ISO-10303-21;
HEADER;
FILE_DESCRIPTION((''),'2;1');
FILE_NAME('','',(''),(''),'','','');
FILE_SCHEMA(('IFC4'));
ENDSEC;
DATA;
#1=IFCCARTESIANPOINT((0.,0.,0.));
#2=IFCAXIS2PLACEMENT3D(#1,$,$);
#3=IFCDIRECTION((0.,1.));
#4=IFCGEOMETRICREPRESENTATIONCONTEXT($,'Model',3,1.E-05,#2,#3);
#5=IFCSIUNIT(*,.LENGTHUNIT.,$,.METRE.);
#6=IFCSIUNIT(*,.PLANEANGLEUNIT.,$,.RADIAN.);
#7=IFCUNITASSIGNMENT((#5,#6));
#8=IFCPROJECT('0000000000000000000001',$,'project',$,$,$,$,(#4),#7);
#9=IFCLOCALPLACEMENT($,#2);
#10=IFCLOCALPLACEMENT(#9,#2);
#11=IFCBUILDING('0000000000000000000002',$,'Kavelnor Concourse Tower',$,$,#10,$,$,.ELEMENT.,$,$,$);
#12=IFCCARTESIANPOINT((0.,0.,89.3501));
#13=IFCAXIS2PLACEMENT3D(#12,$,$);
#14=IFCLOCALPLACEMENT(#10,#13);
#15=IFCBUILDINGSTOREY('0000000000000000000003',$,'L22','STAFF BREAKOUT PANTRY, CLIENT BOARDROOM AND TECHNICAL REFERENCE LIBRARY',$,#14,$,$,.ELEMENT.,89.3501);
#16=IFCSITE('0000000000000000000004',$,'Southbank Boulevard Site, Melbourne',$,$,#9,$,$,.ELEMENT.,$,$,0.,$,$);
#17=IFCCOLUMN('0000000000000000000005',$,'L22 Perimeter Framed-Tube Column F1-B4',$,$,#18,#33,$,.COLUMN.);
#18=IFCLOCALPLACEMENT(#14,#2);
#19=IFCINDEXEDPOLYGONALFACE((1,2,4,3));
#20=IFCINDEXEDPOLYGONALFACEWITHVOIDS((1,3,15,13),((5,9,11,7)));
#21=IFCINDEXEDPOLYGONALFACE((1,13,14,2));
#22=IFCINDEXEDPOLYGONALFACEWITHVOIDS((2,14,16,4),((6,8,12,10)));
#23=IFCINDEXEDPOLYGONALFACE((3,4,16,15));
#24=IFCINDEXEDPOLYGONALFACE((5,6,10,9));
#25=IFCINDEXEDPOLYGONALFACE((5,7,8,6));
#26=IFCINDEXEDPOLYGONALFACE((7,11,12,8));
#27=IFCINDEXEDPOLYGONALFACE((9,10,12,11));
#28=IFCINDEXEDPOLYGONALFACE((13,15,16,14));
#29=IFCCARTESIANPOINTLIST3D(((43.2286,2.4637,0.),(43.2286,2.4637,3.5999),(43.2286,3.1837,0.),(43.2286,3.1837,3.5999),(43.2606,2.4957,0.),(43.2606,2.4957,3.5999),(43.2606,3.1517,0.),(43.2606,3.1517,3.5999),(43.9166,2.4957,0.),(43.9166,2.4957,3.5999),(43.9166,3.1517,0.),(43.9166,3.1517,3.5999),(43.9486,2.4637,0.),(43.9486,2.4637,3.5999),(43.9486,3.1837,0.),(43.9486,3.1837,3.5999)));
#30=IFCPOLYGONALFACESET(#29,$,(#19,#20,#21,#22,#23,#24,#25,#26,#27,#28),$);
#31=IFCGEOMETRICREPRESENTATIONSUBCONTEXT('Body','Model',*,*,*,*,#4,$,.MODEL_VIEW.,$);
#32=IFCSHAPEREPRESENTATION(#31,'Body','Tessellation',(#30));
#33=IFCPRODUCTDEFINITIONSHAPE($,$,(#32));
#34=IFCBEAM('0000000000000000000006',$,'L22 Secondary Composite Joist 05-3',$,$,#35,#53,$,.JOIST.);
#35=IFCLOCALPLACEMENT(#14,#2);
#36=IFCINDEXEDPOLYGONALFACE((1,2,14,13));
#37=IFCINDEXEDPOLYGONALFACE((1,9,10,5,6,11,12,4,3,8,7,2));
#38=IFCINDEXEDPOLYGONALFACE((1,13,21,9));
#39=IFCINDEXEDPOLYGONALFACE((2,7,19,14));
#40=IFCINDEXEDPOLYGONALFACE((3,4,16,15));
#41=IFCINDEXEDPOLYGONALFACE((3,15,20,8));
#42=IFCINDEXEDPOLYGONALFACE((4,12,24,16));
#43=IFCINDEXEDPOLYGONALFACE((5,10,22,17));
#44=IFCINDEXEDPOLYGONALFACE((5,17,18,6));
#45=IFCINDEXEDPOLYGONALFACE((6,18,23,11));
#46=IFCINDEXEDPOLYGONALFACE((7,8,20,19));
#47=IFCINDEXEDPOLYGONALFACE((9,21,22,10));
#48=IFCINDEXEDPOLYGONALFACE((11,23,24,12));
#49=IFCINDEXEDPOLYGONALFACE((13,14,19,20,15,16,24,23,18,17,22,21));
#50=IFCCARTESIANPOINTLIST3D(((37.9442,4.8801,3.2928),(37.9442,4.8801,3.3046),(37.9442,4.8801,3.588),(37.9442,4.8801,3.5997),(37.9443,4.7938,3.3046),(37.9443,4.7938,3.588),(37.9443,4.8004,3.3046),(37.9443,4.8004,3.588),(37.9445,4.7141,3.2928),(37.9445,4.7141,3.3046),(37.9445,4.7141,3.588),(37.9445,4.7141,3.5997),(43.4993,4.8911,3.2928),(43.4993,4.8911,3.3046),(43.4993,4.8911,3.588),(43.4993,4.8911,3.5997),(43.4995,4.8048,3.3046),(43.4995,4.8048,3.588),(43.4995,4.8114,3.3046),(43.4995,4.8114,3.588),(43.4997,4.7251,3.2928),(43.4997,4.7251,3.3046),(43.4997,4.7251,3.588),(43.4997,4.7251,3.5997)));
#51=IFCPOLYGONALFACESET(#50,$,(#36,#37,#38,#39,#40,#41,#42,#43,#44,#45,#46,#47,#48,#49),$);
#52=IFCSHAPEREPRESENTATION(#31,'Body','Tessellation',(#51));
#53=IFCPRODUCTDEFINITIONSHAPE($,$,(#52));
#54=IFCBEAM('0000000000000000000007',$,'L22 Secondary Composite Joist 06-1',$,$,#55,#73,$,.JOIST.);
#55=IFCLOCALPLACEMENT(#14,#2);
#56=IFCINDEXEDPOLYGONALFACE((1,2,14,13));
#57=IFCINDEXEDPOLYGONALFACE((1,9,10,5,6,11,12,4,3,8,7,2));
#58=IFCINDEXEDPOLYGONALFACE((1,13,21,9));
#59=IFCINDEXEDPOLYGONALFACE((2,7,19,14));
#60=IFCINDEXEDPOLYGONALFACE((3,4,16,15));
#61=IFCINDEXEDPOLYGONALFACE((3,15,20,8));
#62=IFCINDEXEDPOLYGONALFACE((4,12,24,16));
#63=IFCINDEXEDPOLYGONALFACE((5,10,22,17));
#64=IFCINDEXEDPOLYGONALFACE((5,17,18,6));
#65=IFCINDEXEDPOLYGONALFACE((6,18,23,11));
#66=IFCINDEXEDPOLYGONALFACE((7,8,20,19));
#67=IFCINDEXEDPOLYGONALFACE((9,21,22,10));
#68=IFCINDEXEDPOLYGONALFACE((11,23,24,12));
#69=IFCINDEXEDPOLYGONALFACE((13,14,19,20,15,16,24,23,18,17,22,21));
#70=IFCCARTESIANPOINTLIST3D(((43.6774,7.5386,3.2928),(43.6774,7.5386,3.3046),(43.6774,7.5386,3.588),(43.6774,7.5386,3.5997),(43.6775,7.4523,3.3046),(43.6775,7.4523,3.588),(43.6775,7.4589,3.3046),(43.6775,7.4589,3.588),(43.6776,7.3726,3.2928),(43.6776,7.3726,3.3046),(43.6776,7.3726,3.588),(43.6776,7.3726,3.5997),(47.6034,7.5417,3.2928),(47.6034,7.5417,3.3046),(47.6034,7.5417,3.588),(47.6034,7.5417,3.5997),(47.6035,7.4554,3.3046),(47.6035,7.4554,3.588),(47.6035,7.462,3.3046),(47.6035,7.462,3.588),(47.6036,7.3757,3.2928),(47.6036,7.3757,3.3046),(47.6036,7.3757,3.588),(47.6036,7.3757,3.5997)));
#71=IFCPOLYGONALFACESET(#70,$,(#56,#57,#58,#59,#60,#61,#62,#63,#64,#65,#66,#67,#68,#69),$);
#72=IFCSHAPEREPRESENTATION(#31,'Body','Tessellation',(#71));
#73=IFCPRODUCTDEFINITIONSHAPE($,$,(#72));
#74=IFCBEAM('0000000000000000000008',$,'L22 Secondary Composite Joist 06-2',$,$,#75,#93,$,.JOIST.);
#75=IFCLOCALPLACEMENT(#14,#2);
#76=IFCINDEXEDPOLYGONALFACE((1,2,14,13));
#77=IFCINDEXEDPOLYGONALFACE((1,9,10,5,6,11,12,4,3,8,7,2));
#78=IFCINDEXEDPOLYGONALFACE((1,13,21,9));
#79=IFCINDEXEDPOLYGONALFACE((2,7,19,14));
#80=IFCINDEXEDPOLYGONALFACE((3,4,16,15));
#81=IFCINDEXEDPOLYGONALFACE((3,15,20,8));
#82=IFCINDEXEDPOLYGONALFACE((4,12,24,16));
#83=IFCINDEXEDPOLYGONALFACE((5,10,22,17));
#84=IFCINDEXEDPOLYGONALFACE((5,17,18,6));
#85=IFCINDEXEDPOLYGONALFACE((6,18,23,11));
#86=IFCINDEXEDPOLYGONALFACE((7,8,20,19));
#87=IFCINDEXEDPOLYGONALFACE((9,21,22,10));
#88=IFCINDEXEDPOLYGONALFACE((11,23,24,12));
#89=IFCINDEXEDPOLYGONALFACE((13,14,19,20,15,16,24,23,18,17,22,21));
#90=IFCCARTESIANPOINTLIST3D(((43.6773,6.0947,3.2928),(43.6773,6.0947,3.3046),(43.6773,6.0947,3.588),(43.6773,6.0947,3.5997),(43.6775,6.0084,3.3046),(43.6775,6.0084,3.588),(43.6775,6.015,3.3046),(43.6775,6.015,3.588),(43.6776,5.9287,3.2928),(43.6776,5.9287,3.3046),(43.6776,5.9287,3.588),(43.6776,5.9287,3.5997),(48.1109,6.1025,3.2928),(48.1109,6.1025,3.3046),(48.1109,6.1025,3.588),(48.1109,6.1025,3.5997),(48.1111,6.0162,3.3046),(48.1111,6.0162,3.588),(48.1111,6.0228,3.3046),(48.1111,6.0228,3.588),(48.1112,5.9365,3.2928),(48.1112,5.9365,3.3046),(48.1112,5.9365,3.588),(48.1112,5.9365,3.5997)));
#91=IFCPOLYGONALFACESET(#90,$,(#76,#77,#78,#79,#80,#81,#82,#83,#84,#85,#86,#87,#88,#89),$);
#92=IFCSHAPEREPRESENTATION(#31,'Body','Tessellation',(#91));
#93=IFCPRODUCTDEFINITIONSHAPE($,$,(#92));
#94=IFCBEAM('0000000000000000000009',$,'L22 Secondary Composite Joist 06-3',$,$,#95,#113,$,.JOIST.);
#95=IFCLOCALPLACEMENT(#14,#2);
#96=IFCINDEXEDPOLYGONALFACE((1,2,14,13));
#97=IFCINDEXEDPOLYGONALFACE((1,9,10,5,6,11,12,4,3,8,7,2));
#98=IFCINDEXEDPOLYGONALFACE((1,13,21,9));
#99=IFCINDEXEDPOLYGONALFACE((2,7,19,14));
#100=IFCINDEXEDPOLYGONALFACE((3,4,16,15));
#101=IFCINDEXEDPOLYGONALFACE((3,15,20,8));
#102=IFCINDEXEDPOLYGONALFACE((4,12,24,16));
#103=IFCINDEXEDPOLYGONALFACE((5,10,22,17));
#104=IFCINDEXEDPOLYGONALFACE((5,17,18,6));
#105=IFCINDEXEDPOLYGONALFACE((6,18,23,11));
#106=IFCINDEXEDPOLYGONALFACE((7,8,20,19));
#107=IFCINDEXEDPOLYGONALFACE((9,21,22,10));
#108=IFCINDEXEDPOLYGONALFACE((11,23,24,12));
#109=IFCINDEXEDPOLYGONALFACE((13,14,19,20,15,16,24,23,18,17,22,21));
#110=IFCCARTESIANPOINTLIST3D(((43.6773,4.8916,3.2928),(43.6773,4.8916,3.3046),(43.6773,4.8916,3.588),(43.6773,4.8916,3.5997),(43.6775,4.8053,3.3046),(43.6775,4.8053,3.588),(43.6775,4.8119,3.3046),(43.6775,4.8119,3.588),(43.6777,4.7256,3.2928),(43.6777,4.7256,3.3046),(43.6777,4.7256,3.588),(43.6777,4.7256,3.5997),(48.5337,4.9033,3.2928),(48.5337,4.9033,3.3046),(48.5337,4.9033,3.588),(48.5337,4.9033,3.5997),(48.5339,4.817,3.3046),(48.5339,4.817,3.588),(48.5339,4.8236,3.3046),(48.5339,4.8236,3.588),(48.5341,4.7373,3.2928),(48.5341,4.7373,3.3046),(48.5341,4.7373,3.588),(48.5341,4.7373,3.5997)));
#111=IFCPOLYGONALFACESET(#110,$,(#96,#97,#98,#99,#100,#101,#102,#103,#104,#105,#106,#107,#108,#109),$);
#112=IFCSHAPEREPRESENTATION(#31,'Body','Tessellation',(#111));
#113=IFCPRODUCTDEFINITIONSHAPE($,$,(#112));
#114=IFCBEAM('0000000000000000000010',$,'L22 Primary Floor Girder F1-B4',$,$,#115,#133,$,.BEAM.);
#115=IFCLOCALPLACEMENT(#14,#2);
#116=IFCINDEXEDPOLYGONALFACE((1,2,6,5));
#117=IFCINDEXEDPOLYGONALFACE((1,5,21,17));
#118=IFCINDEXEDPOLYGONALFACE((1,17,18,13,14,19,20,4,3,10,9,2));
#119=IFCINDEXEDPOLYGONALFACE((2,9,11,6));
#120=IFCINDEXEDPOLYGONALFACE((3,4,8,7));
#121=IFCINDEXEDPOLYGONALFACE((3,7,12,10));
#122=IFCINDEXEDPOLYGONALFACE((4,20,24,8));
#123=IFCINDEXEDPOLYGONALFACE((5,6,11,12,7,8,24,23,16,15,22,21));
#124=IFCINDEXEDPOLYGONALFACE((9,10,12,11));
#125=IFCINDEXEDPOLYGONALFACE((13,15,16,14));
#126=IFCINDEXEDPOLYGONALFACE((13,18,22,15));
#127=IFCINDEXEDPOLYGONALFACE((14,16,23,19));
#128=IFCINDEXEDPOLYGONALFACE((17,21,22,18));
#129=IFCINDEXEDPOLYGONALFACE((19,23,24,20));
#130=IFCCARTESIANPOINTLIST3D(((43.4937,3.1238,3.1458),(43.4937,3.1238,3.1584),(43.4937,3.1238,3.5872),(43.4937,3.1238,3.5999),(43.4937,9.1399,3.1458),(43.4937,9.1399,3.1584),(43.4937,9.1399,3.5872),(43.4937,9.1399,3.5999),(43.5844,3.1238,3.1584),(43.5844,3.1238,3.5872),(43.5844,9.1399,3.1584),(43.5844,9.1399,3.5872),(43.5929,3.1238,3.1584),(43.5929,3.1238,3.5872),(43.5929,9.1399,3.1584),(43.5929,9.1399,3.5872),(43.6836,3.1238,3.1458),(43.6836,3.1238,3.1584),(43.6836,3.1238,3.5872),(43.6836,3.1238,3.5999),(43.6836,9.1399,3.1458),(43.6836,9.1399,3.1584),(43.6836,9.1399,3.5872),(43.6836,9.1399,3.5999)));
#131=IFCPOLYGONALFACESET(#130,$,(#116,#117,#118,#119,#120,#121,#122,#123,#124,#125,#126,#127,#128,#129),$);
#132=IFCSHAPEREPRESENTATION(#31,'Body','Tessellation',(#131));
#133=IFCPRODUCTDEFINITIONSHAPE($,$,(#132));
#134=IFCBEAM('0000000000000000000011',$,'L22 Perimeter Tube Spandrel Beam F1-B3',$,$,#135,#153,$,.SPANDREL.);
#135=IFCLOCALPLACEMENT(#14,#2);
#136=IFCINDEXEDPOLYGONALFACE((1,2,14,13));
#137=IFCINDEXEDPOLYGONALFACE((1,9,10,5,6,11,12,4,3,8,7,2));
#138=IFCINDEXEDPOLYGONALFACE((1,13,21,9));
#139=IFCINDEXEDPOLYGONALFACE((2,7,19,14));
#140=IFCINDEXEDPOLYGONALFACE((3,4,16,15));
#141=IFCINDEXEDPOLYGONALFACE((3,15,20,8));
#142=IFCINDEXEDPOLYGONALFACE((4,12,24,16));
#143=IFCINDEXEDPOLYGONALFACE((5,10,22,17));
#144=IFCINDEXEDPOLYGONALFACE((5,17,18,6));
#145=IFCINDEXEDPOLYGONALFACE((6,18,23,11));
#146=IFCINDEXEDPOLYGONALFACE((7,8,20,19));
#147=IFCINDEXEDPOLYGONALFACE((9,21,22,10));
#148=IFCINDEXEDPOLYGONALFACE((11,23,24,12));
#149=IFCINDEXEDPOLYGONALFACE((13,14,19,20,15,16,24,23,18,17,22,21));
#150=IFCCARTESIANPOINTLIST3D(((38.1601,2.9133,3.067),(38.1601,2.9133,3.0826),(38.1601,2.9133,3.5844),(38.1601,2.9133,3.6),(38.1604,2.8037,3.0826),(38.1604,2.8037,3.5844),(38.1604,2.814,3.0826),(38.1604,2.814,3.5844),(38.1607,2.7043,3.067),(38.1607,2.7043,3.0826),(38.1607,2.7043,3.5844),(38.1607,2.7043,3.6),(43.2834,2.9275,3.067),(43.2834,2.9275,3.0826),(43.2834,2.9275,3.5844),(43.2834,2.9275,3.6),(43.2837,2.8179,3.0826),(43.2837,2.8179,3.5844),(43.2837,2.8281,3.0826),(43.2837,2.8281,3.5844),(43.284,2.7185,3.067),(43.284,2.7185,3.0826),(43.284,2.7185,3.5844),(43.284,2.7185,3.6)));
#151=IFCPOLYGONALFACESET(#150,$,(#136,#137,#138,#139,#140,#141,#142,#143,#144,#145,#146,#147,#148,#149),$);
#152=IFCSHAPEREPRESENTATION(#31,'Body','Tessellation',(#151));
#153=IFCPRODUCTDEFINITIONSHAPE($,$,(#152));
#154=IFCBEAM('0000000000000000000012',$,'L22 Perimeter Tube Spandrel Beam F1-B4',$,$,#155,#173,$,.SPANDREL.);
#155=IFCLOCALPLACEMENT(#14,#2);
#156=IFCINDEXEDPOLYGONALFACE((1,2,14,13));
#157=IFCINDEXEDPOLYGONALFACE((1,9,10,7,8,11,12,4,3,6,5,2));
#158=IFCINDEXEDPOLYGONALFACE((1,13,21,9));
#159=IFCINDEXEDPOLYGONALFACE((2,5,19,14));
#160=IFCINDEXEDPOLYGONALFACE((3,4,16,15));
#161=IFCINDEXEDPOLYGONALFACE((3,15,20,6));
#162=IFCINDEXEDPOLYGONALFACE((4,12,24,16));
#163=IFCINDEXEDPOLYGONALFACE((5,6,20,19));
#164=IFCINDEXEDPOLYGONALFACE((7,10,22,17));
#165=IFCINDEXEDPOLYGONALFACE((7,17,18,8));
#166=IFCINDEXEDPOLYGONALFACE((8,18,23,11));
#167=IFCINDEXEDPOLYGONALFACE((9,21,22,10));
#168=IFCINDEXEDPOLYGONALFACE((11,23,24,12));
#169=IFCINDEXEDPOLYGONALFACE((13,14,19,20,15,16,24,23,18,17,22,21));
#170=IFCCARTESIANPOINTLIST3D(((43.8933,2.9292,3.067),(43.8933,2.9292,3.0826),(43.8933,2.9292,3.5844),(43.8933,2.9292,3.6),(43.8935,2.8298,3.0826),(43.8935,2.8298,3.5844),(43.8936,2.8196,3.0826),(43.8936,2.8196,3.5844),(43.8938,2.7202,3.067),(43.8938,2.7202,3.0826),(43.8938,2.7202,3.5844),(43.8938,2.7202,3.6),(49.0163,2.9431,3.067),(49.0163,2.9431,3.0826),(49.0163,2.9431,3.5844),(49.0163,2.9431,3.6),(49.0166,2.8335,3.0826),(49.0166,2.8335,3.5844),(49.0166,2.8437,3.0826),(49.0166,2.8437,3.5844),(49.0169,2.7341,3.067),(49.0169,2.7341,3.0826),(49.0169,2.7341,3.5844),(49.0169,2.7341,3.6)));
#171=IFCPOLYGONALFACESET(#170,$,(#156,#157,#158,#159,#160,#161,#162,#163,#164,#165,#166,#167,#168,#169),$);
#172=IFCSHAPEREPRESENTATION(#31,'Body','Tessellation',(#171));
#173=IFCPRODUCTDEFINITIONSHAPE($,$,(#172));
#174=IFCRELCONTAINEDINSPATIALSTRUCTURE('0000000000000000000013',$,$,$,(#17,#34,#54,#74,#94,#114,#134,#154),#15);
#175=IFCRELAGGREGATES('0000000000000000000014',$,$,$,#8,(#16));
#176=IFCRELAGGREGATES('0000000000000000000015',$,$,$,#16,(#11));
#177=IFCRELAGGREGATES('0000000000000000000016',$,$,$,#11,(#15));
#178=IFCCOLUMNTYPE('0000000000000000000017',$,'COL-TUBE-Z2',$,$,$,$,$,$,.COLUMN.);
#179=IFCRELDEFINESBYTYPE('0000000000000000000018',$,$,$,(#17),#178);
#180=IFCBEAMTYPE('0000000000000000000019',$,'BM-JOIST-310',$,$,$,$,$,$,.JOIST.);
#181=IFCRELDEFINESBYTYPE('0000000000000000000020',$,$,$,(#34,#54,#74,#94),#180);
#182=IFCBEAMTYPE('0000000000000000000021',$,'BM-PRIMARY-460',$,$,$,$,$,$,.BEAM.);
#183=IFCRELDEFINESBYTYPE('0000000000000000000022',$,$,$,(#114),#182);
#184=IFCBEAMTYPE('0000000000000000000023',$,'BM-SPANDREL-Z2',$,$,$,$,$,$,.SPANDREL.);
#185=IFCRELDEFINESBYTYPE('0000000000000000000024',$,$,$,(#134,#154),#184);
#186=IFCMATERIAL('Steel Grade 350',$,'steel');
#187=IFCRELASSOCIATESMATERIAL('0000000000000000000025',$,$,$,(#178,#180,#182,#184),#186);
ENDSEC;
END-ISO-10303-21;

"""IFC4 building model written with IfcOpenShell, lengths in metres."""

from ifc_helpers import new_model, si_unit, direction, frame, origin, origin_2d, place, context, subcontext, project, spatial, hollow_rectangle, i_section, extrude, material, material_profile, profile_set, type_object, element, save


model = new_model("IFC4")

# Units and contexts
model_context = context("Model", 3, precision=1e-05, world=origin(), true_north=direction((0.0, 1.0)))
body_context = subcontext(model_context, "Body", "Model", "MODEL_VIEW")
ifc_project = project(units=[si_unit("LENGTHUNIT", "METRE"), si_unit("PLANEANGLEUNIT", "RADIAN")], contexts=[model_context])

# Site, building, storey
site_placement = place(None, origin())
site = spatial("IfcSite", under=ifc_project, at=site_placement, Name="Southbank Boulevard Site, Melbourne", CompositionType="ELEMENT", RefElevation=0.0)
building_placement = place(site_placement, origin())
building = spatial("IfcBuilding", under=site, at=building_placement, Name="Kavelnor Concourse Tower", CompositionType="ELEMENT")
storey_placement = place(building_placement, frame((0.0, 0.0, 89.3501)))
storey = spatial("IfcBuildingStorey", under=building, at=storey_placement, Name="L22", Description="STAFF BREAKOUT PANTRY, CLIENT BOARDROOM AND TECHNICAL REFERENCE LIBRARY", CompositionType="ELEMENT", Elevation=89.3501)

# Column
ifc_material_1 = material(Name="Steel Grade 350", Category="steel")
ifc_material_profile_1 = material_profile(ifc_material_1, hollow_rectangle(XDim=0.72, YDim=0.72, WallThickness=0.032, at=origin_2d()), Name="SHS 720x720x32")
ifc_profile_set_1 = profile_set([ifc_material_profile_1], Name="Steel Grade 350")
column_type = type_object("IfcColumnType", Name="COL-TUBE-Z2", PredefinedType="COLUMN", material=ifc_profile_set_1)
column_placement = place(storey_placement, frame((43.5886, 2.8237, 0.0), z_axis=(0.0, 0.0, 1.0), x_axis=(1.0, 0.0, 0.0)))
element("IfcColumn", 1, at=column_placement, inside=storey, type_object=column_type, Name="L22 Perimeter Framed-Tube Column F1-B4", PredefinedType="COLUMN", context=body_context, shape_type="SweptSolid", body=[
    extrude(hollow_rectangle(XDim=0.72, YDim=0.72, WallThickness=0.032, at=origin_2d()), origin(), (0.0, 0.0, 1.0), 3.5999),
])

# Beams
ifc_material_profile_2 = material_profile(ifc_material_1, i_section(OverallWidth=0.166, OverallDepth=0.3069, WebThickness=0.0066, FlangeThickness=0.0117, at=origin_2d()), Name="310UB46")
ifc_profile_set_2 = profile_set([ifc_material_profile_2], Name="Steel Grade 350")
beam_type_1 = type_object("IfcBeamType", Name="BM-JOIST-310", PredefinedType="JOIST", material=ifc_profile_set_2)
beam_1_placement = place(storey_placement, frame((37.9443, 4.7971, 3.4463), z_axis=(0.999998, 0.001978, 0.0), x_axis=(-0.001978, 0.999998, 0.0)))
element("IfcBeam", 2, at=beam_1_placement, inside=storey, type_object=beam_type_1, Name="L22 Secondary Composite Joist 05-3", PredefinedType="JOIST", context=body_context, shape_type="SweptSolid", body=[
    extrude(i_section(OverallWidth=0.166, OverallDepth=0.3069, WebThickness=0.0066, FlangeThickness=0.0117, at=origin_2d()), origin(), (0.0, 0.0, 1.0), 5.5552),
])
beam_2_placement = place(storey_placement, frame((43.6775, 7.4556, 3.4463), z_axis=(1.0, 0.000808, 0.0), x_axis=(-0.000808, 1.0, 0.0)))
element("IfcBeam", 3, at=beam_2_placement, inside=storey, type_object=beam_type_1, Name="L22 Secondary Composite Joist 06-1", PredefinedType="JOIST", context=body_context, shape_type="SweptSolid", body=[
    extrude(i_section(OverallWidth=0.166, OverallDepth=0.3069, WebThickness=0.0066, FlangeThickness=0.0117, at=origin_2d()), origin(), (0.0, 0.0, 1.0), 3.926),
])
beam_3_placement = place(storey_placement, frame((43.6775, 6.0117, 3.4463), z_axis=(0.999998, 0.001762, 0.0), x_axis=(-0.001762, 0.999998, 0.0)))
element("IfcBeam", 4, at=beam_3_placement, inside=storey, type_object=beam_type_1, Name="L22 Secondary Composite Joist 06-2", PredefinedType="JOIST", context=body_context, shape_type="SweptSolid", body=[
    extrude(i_section(OverallWidth=0.166, OverallDepth=0.3069, WebThickness=0.0066, FlangeThickness=0.0117, at=origin_2d()), origin(), (0.0, 0.0, 1.0), 4.4336),
])
beam_4_placement = place(storey_placement, frame((43.6775, 4.8086, 3.4463), z_axis=(0.999997, 0.002413, 0.0), x_axis=(-0.002413, 0.999997, 0.0)))
element("IfcBeam", 5, at=beam_4_placement, inside=storey, type_object=beam_type_1, Name="L22 Secondary Composite Joist 06-3", PredefinedType="JOIST", context=body_context, shape_type="SweptSolid", body=[
    extrude(i_section(OverallWidth=0.166, OverallDepth=0.3069, WebThickness=0.0066, FlangeThickness=0.0117, at=origin_2d()), origin(), (0.0, 0.0, 1.0), 4.8564),
])
ifc_material_profile_3 = material_profile(ifc_material_1, i_section(OverallWidth=0.1899, OverallDepth=0.4541, WebThickness=0.0085, FlangeThickness=0.0127, at=origin_2d()), Name="460UB67")
ifc_profile_set_3 = profile_set([ifc_material_profile_3], Name="Steel Grade 350")
beam_type_2 = type_object("IfcBeamType", Name="BM-PRIMARY-460", PredefinedType="BEAM", material=ifc_profile_set_3)
beam_5_placement = place(storey_placement, frame((43.5886, 9.1399, 3.3728), z_axis=(0.0, -1.0, 0.0), x_axis=(1.0, 0.0, 0.0)))
element("IfcBeam", 6, at=beam_5_placement, inside=storey, type_object=beam_type_2, Name="L22 Primary Floor Girder F1-B4", PredefinedType="BEAM", context=body_context, shape_type="SweptSolid", body=[
    extrude(i_section(OverallWidth=0.1899, OverallDepth=0.4541, WebThickness=0.0085, FlangeThickness=0.0127, at=origin_2d()), origin(), (0.0, 0.0, 1.0), 6.0161),
])
ifc_material_profile_4 = material_profile(ifc_material_1, i_section(OverallWidth=0.209, OverallDepth=0.533, WebThickness=0.0103, FlangeThickness=0.0156, at=origin_2d()), Name="530UB92")
ifc_profile_set_4 = profile_set([ifc_material_profile_4], Name="Steel Grade 350")
beam_type_3 = type_object("IfcBeamType", Name="BM-SPANDREL-Z2", PredefinedType="SPANDREL", material=ifc_profile_set_4)
beam_6_placement = place(storey_placement, frame((38.1604, 2.8088, 3.3335), z_axis=(0.999996, 0.002764, 0.0), x_axis=(-0.002764, 0.999996, 0.0)))
element("IfcBeam", 7, at=beam_6_placement, inside=storey, type_object=beam_type_3, Name="L22 Perimeter Tube Spandrel Beam F1-B3", PredefinedType="SPANDREL", context=body_context, shape_type="SweptSolid", body=[
    extrude(i_section(OverallWidth=0.209, OverallDepth=0.533, WebThickness=0.0103, FlangeThickness=0.0156, at=origin_2d()), origin(), (0.0, 0.0, 1.0), 5.1233),
])
beam_7_placement = place(storey_placement, frame((43.8936, 2.8247, 3.3335), z_axis=(0.999996, 0.002716, 0.0), x_axis=(-0.002716, 0.999996, 0.0)))
element("IfcBeam", 8, at=beam_7_placement, inside=storey, type_object=beam_type_3, Name="L22 Perimeter Tube Spandrel Beam F1-B4", PredefinedType="SPANDREL", context=body_context, shape_type="SweptSolid", body=[
    extrude(i_section(OverallWidth=0.209, OverallDepth=0.533, WebThickness=0.0103, FlangeThickness=0.0156, at=origin_2d()), origin(), (0.0, 0.0, 1.0), 5.123),
])

save(model, "model.ifc")
